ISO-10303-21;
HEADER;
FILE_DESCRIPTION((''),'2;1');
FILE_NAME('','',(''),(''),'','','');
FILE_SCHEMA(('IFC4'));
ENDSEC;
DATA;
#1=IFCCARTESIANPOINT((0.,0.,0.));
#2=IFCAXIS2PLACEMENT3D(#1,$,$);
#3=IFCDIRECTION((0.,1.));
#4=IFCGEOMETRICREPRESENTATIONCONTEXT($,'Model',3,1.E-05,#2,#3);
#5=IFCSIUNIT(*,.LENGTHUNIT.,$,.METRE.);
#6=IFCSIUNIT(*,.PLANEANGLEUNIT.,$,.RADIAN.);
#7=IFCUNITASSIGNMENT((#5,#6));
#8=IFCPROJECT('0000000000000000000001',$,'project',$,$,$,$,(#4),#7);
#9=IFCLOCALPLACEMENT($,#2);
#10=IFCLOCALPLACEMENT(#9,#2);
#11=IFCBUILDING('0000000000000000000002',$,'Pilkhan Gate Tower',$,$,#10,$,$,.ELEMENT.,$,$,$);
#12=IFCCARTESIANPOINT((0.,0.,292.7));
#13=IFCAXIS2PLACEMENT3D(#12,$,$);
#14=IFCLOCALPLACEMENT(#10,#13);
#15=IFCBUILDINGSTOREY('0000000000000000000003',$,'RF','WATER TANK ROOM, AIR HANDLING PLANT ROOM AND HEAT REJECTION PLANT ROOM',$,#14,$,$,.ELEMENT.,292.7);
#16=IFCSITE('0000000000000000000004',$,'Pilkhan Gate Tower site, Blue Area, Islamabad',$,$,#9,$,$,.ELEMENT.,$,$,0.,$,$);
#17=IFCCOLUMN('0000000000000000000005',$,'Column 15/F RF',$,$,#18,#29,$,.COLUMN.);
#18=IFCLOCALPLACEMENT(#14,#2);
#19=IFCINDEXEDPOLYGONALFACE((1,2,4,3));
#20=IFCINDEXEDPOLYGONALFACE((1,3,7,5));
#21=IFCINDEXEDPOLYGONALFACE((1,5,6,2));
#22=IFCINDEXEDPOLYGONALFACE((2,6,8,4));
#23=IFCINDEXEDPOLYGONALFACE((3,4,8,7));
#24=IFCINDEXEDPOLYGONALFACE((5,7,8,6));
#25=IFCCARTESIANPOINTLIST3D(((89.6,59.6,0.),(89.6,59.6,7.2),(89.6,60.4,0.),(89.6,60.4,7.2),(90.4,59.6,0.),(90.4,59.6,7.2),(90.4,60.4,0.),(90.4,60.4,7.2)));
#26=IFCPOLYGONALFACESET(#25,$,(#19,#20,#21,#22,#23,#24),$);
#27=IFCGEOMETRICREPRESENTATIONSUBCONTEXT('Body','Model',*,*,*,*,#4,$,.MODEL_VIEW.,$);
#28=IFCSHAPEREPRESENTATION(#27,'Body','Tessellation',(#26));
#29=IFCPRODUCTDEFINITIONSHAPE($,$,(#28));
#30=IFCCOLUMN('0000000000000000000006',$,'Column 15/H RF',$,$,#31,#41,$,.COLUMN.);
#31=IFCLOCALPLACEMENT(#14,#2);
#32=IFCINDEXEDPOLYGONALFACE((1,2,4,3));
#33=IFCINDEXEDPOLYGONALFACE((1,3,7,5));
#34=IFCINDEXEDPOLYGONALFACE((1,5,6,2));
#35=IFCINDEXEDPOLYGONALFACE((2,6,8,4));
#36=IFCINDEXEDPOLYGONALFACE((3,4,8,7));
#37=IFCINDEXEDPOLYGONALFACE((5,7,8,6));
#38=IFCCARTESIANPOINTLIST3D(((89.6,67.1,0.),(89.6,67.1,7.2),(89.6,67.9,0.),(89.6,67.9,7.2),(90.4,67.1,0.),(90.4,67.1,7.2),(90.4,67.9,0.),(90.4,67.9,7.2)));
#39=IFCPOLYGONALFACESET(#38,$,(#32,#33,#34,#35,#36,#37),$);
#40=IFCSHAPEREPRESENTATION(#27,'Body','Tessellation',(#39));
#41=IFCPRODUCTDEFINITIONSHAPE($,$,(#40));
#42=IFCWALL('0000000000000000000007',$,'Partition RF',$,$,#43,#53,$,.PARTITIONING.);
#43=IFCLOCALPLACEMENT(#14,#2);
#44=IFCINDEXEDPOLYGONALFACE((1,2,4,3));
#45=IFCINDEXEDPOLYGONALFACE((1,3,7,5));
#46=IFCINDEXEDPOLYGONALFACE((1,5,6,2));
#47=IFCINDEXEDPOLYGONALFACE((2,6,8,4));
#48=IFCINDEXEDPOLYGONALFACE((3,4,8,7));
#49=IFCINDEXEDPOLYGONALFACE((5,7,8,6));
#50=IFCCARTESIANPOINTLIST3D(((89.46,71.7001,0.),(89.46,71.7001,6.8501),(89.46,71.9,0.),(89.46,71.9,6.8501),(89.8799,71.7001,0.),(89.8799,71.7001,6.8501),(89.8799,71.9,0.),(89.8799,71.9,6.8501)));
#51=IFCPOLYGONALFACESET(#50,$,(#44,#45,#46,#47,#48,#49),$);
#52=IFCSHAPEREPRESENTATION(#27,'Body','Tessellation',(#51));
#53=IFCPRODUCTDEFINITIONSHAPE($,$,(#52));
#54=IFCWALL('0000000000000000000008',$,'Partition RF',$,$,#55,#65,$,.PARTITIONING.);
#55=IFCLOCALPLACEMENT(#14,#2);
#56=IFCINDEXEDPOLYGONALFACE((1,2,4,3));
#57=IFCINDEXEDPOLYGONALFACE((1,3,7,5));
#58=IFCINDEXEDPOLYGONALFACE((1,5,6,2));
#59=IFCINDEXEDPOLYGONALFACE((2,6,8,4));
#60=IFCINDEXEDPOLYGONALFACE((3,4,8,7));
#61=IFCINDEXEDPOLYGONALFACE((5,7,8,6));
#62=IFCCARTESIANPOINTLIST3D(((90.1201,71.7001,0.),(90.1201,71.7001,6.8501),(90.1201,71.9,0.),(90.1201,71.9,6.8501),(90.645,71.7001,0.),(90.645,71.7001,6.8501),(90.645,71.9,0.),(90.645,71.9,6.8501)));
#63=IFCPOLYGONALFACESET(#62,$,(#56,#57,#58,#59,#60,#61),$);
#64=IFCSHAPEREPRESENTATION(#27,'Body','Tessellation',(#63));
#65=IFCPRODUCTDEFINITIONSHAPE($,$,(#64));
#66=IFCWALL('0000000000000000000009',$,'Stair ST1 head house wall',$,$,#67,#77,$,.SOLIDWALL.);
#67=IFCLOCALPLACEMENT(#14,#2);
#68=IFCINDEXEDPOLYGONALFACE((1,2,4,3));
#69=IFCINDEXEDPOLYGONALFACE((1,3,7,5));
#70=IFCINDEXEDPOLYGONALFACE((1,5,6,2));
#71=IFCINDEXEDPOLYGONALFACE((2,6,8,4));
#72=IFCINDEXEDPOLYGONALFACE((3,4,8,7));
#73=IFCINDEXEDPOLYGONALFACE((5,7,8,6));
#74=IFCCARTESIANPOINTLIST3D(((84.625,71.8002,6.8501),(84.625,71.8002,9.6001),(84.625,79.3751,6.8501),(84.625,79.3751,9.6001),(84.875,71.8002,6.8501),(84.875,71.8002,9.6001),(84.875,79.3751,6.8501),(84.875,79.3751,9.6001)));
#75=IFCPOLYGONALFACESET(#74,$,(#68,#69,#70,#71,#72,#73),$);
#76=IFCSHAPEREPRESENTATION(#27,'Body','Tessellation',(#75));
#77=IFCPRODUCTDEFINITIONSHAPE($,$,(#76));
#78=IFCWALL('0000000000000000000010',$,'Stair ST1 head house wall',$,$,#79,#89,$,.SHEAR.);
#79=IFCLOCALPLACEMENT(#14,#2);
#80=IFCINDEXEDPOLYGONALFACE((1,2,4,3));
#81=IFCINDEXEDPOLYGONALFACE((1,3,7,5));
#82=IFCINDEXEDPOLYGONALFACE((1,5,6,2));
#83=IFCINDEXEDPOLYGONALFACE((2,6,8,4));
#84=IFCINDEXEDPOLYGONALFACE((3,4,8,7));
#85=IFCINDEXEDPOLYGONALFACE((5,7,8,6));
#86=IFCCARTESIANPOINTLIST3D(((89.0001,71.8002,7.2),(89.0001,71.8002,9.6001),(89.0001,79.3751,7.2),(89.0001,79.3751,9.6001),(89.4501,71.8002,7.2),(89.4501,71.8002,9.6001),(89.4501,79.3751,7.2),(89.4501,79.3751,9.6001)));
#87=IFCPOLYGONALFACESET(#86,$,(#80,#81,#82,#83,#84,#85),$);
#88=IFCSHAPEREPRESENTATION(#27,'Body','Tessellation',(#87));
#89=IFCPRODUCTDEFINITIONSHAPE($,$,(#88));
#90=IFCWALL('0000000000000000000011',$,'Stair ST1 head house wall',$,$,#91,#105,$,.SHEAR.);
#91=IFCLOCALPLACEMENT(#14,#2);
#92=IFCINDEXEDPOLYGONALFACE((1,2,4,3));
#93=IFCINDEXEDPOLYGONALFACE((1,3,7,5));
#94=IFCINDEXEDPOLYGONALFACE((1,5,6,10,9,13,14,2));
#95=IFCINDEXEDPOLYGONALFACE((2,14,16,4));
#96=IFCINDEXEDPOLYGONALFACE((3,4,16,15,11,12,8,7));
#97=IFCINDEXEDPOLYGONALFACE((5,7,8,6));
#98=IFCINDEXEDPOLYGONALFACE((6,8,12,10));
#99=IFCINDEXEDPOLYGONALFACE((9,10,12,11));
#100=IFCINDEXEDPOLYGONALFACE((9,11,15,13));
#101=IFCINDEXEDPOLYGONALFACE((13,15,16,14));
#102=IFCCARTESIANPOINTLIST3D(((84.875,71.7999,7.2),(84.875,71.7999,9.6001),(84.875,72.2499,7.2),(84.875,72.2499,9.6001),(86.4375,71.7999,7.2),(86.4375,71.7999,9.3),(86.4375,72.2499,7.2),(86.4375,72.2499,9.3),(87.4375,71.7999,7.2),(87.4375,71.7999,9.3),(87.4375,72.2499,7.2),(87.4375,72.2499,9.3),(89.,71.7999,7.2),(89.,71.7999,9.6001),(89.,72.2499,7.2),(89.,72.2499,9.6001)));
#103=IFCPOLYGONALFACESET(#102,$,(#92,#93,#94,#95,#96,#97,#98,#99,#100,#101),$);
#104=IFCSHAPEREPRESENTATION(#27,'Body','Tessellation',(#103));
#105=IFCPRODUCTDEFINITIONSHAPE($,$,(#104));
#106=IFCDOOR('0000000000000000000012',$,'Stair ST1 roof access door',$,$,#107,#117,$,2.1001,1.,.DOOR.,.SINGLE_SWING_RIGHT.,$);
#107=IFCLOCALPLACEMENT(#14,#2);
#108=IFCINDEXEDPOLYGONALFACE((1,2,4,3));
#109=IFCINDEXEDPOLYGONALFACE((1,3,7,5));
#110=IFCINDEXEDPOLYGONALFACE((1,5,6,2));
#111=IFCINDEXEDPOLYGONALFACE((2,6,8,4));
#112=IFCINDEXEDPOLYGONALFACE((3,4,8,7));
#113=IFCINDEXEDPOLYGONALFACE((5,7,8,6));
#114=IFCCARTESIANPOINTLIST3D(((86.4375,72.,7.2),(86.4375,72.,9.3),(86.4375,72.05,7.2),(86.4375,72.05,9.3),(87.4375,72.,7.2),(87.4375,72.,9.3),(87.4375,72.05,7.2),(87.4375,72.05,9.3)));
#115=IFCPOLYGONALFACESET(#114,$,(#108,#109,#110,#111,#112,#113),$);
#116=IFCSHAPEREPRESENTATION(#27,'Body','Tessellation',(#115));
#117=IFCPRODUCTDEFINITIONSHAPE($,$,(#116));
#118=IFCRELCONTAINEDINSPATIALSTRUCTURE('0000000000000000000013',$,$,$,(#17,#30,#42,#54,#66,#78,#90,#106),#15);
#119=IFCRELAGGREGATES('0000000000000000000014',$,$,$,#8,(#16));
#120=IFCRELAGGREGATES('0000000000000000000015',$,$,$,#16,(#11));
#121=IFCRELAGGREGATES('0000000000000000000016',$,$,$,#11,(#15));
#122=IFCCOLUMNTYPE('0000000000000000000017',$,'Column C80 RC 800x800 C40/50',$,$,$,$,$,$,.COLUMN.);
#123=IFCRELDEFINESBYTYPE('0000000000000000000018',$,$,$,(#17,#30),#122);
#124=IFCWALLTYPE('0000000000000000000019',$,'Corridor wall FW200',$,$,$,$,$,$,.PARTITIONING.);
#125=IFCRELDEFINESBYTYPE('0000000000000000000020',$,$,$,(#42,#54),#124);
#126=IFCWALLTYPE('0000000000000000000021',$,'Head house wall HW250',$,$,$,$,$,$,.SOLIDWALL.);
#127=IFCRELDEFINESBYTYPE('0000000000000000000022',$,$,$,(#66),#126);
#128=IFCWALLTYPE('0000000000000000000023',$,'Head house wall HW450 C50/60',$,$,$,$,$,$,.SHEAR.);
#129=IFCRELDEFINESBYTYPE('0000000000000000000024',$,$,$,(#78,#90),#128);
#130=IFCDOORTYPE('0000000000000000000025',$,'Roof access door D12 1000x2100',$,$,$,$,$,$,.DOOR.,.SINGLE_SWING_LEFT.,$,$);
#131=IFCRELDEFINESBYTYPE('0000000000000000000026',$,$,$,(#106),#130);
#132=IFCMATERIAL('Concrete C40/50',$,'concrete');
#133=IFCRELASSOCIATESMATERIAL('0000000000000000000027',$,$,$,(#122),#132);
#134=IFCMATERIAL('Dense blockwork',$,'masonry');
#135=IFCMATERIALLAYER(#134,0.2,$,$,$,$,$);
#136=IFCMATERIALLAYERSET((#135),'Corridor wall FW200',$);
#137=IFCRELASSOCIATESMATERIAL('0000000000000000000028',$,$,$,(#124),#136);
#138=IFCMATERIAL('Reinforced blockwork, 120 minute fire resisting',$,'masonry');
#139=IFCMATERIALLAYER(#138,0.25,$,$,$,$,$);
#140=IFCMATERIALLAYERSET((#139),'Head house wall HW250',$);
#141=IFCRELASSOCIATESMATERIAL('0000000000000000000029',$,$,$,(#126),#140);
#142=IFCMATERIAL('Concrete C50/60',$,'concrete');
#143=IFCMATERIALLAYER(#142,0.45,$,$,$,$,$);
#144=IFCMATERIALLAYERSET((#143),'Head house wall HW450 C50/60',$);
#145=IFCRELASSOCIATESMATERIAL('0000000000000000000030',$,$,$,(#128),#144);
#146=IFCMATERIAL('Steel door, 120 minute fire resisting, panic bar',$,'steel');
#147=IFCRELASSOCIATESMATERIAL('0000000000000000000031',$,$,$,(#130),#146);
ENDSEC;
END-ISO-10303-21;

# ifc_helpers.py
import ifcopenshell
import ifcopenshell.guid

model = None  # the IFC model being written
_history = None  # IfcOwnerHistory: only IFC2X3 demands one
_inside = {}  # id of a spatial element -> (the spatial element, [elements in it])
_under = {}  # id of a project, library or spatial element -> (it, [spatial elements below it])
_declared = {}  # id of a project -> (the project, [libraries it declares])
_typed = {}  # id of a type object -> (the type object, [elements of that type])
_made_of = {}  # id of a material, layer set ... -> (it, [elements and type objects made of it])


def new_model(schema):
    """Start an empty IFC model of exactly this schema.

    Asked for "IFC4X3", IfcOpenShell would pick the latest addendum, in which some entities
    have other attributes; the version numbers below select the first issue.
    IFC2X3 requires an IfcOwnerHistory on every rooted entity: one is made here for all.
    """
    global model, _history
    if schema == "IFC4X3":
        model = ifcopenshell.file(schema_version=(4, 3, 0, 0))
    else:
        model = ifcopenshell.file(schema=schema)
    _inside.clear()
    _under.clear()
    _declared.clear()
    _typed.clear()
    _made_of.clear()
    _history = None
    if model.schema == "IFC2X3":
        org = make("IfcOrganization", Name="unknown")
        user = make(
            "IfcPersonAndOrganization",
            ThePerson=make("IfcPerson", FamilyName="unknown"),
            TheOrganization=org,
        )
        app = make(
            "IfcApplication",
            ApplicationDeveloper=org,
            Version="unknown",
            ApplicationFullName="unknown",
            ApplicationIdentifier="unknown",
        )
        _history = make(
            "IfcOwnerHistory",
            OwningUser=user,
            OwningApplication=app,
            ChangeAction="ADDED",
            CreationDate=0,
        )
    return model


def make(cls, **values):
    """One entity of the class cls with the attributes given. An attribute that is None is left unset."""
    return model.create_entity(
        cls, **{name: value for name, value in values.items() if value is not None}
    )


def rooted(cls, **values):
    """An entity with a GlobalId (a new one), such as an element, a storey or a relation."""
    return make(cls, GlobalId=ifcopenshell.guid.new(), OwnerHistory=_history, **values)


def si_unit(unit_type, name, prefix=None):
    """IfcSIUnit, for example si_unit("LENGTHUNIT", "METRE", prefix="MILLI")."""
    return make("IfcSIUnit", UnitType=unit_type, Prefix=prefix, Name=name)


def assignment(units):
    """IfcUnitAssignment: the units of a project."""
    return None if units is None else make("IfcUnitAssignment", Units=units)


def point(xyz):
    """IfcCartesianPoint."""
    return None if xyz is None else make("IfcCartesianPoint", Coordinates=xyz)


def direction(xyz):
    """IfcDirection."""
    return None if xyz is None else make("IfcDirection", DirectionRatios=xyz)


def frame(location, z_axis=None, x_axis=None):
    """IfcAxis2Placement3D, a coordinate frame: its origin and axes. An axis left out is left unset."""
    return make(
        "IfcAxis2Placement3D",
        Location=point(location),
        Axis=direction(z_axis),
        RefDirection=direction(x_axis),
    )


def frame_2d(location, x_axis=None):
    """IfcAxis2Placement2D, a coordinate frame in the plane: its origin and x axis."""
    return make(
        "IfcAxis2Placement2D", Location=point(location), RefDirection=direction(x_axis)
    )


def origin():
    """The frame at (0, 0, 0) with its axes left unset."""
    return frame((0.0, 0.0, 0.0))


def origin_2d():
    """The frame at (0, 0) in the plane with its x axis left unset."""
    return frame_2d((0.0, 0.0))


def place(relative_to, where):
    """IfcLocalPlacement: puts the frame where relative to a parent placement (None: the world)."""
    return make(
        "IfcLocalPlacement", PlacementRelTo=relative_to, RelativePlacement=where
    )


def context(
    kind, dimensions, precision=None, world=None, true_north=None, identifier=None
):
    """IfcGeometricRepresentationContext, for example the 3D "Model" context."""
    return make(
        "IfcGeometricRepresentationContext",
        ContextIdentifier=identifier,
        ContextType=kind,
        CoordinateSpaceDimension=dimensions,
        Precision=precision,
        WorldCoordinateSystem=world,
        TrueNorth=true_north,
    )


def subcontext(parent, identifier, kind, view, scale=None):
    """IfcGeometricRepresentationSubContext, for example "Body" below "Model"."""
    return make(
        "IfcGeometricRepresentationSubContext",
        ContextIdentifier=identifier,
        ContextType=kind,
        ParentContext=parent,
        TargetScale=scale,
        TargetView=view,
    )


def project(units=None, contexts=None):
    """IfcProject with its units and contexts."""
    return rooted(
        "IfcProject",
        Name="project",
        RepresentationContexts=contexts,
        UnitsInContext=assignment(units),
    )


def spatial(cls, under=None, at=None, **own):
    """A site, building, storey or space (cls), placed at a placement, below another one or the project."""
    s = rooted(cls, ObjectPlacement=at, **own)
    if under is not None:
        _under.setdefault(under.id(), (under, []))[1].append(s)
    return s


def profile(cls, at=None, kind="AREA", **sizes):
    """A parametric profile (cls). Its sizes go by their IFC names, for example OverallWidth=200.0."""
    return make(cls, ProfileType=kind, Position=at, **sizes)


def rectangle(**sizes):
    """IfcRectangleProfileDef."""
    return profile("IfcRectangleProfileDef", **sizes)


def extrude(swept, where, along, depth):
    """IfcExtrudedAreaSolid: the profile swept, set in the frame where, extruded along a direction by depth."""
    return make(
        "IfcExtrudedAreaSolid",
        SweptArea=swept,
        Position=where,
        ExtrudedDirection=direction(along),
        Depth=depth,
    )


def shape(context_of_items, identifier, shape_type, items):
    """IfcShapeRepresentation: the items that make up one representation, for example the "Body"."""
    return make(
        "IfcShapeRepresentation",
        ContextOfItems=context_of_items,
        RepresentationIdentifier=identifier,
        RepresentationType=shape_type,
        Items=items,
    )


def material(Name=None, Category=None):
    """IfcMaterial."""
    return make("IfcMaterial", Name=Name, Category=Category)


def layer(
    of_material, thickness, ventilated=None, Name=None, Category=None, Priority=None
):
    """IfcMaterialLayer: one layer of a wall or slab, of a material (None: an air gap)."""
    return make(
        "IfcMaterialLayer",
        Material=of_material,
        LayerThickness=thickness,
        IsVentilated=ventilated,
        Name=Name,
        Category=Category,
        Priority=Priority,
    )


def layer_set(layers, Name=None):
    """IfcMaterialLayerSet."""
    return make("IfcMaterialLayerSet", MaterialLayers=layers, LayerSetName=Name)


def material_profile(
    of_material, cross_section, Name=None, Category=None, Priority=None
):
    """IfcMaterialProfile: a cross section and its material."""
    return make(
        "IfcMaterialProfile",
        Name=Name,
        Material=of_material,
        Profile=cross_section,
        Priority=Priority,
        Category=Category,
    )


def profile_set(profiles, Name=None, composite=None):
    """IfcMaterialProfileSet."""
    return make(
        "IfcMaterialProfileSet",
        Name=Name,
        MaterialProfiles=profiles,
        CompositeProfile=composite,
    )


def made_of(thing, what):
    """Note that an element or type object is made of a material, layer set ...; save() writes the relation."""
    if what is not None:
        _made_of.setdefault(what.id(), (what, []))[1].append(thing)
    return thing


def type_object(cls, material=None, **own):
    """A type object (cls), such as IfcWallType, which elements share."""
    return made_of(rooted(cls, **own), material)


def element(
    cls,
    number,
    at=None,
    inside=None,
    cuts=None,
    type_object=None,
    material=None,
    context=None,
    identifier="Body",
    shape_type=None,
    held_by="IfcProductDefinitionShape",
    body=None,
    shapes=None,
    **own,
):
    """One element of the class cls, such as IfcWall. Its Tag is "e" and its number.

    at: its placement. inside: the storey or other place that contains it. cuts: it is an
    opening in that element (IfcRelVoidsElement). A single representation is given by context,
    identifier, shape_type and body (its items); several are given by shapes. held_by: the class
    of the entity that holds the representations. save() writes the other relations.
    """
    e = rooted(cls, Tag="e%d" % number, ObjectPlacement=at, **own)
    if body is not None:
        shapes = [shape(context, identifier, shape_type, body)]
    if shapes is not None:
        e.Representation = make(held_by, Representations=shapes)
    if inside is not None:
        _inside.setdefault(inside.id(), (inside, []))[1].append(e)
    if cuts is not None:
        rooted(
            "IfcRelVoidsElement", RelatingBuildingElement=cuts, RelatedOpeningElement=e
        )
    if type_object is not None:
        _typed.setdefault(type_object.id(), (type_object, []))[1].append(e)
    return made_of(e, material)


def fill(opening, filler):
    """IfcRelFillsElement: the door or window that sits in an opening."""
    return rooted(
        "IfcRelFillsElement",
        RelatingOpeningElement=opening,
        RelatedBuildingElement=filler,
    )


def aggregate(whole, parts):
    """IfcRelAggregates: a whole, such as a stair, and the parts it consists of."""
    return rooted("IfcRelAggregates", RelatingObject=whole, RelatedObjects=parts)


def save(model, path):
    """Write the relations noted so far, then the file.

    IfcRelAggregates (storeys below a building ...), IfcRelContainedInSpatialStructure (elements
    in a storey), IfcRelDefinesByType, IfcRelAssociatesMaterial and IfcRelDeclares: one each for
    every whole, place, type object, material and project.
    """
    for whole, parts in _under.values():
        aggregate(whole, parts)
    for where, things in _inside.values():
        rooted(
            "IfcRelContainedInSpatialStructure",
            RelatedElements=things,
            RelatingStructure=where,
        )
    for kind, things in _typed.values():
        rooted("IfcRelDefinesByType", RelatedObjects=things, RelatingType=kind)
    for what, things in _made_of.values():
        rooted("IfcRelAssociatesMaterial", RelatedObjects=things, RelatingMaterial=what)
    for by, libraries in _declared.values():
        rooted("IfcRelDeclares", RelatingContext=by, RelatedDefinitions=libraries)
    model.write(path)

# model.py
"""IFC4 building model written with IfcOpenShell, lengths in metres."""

from ifc_helpers import new_model, si_unit, direction, frame, frame_2d, origin, origin_2d, place, context, subcontext, project, spatial, rectangle, extrude, material, layer, layer_set, material_profile, profile_set, type_object, element, fill, save


model = new_model("IFC4")

# Units and contexts
model_context = context("Model", 3, precision=1e-05, world=origin(), true_north=direction((0.0, 1.0)))
body_context = subcontext(model_context, "Body", "Model", "MODEL_VIEW")
ifc_project = project(units=[si_unit("LENGTHUNIT", "METRE"), si_unit("PLANEANGLEUNIT", "RADIAN")], contexts=[model_context])

# Site, building, storey
site_placement = place(None, origin())
site = spatial("IfcSite", under=ifc_project, at=site_placement, Name="Pilkhan Gate Tower site, Blue Area, Islamabad", CompositionType="ELEMENT", RefElevation=0.0)
building_placement = place(site_placement, origin())
building = spatial("IfcBuilding", under=site, at=building_placement, Name="Pilkhan Gate Tower", CompositionType="ELEMENT")
storey_placement = place(building_placement, frame((0.0, 0.0, 292.7)))
storey = spatial("IfcBuildingStorey", under=building, at=storey_placement, Name="RF", Description="WATER TANK ROOM, AIR HANDLING PLANT ROOM AND HEAT REJECTION PLANT ROOM", CompositionType="ELEMENT", Elevation=292.7)

# Columns
ifc_material_1 = material(Name="Concrete C40/50", Category="concrete")
ifc_material_profile = material_profile(ifc_material_1, rectangle(XDim=0.8, YDim=0.8, at=origin_2d()), Name="RC 800x800")
ifc_profile_set = profile_set([ifc_material_profile], Name="Concrete C40/50")
column_type = type_object("IfcColumnType", Name="Column C80 RC 800x800 C40/50", PredefinedType="COLUMN", material=ifc_profile_set)
for number, where, z_axis, x_axis, name in (
    (1, (90.0, 60.0, 0.0), (0.0, 0.0, 1.0), (1.0, 0.0, 0.0), "Column 15/F RF"),
    (2, (90.0, 67.5, 0.0), (0.0, 0.0, 1.0), (1.0, 0.0, 0.0), "Column 15/H RF"),
):
    element("IfcColumn", number, at=place(storey_placement, frame(where, z_axis=z_axis, x_axis=x_axis)), inside=storey, type_object=column_type, Name=name, PredefinedType="COLUMN", context=body_context, shape_type="SweptSolid", body=[
        extrude(rectangle(XDim=0.8, YDim=0.8, at=origin_2d()), origin(), (0.0, 0.0, 1.0), 7.2),
    ])

# Walls
ifc_material_2 = material(Name="Dense blockwork", Category="masonry")
ifc_layer_1 = layer(ifc_material_2, 0.2)
ifc_layer_set_1 = layer_set([ifc_layer_1], Name="Corridor wall FW200")
wall_type_1 = type_object("IfcWallType", Name="Corridor wall FW200", PredefinedType="PARTITIONING", material=ifc_layer_set_1)
wall_1_placement = place(storey_placement, frame((89.46, 71.8, 0.0), z_axis=(0.0, 0.0, 1.0), x_axis=(1.0, 0.0, 0.0)))
element("IfcWall", 3, at=wall_1_placement, inside=storey, type_object=wall_type_1, Name="Partition RF", PredefinedType="PARTITIONING", context=body_context, shape_type="SweptSolid", body=[
    extrude(rectangle(XDim=0.4199, YDim=0.2, at=frame_2d((0.21, 0.0))), origin(), (0.0, 0.0, 1.0), 6.8501),
])
wall_2_placement = place(storey_placement, frame((90.1201, 71.8, 0.0), z_axis=(0.0, 0.0, 1.0), x_axis=(1.0, 0.0, 0.0)))
element("IfcWall", 4, at=wall_2_placement, inside=storey, type_object=wall_type_1, Name="Partition RF", PredefinedType="PARTITIONING", context=body_context, shape_type="SweptSolid", body=[
    extrude(rectangle(XDim=0.5249, YDim=0.2, at=frame_2d((0.2625, 0.0))), origin(), (0.0, 0.0, 1.0), 6.8501),
])
ifc_material_3 = material(Name="Reinforced blockwork, 120 minute fire resisting", Category="masonry")
ifc_layer_2 = layer(ifc_material_3, 0.25)
ifc_layer_set_2 = layer_set([ifc_layer_2], Name="Head house wall HW250")
wall_type_2 = type_object("IfcWallType", Name="Head house wall HW250", PredefinedType="SOLIDWALL", material=ifc_layer_set_2)
wall_3_placement = place(storey_placement, frame((84.75, 71.8, 6.8501), z_axis=(0.0, 0.0, 1.0), x_axis=(0.0, 1.0, 0.0)))
element("IfcWall", 5, at=wall_3_placement, inside=storey, type_object=wall_type_2, Name="Stair ST1 head house wall", PredefinedType="SOLIDWALL", context=body_context, shape_type="SweptSolid", body=[
    extrude(rectangle(XDim=7.575, YDim=0.25, at=frame_2d((3.7876, 0.0))), origin(), (0.0, 0.0, 1.0), 2.75),
])
ifc_material_4 = material(Name="Concrete C50/60", Category="concrete")
ifc_layer_3 = layer(ifc_material_4, 0.45)
ifc_layer_set_3 = layer_set([ifc_layer_3], Name="Head house wall HW450 C50/60")
wall_type_3 = type_object("IfcWallType", Name="Head house wall HW450 C50/60", PredefinedType="SHEAR", material=ifc_layer_set_3)
wall_4_placement = place(storey_placement, frame((89.2251, 71.8, 7.2), z_axis=(0.0, 0.0, 1.0), x_axis=(0.0, 1.0, 0.0)))
element("IfcWall", 6, at=wall_4_placement, inside=storey, type_object=wall_type_3, Name="Stair ST1 head house wall", PredefinedType="SHEAR", context=body_context, shape_type="SweptSolid", body=[
    extrude(rectangle(XDim=7.575, YDim=0.45, at=frame_2d((3.7876, 0.0))), origin(), (0.0, 0.0, 1.0), 2.4001),
])

# Wall, opening, door
wall_5_placement = place(storey_placement, frame((89.0, 72.0249, 7.2), z_axis=(0.0, 0.0, 1.0), x_axis=(-1.0, 0.0, 0.0)))
wall_5 = element("IfcWall", 7, at=wall_5_placement, inside=storey, type_object=wall_type_3, Name="Stair ST1 head house wall", PredefinedType="SHEAR", context=body_context, shape_type="SweptSolid", body=[
    extrude(rectangle(XDim=4.125, YDim=0.45, at=frame_2d((2.0625, 0.0))), origin(), (0.0, 0.0, 1.0), 2.4001),
])
opening_1_placement = place(wall_5_placement, frame((1.5625, 0.0, 0.0)))
opening_1 = element("IfcOpeningElement", 8, at=opening_1_placement, cuts=wall_5, PredefinedType="OPENING", context=body_context, shape_type="SweptSolid", body=[
    extrude(rectangle(XDim=1.0, YDim=2.1001, at=frame_2d((0.5, 1.05))), frame((0.0, 0.2349, 0.0), z_axis=(0.0, -1.0, 0.0), x_axis=(1.0, 0.0, 0.0)), (0.0, 0.0, 1.0), 0.47),
])
ifc_material_5 = material(Name="Steel door, 120 minute fire resisting, panic bar", Category="steel")
door_type = type_object("IfcDoorType", Name="Roof access door D12 1000x2100", OperationType="SINGLE_SWING_LEFT", PredefinedType="DOOR", material=ifc_material_5)
door_placement = place(opening_1_placement, origin())
door = element("IfcDoor", 9, at=door_placement, inside=storey, type_object=door_type, Name="Stair ST1 roof access door", OperationType="SINGLE_SWING_RIGHT", OverallHeight=2.1001, OverallWidth=1.0, PredefinedType="DOOR", context=body_context, shape_type="SweptSolid", body=[
    extrude(rectangle(XDim=1.0, YDim=2.1001, at=frame_2d((0.5, 1.05))), frame((0.0, 0.0249, 0.0), z_axis=(0.0, -1.0, 0.0), x_axis=(1.0, 0.0, 0.0)), (0.0, 0.0, 1.0), 0.05),
])
fill(opening_1, door)

save(model, "model.ifc")
